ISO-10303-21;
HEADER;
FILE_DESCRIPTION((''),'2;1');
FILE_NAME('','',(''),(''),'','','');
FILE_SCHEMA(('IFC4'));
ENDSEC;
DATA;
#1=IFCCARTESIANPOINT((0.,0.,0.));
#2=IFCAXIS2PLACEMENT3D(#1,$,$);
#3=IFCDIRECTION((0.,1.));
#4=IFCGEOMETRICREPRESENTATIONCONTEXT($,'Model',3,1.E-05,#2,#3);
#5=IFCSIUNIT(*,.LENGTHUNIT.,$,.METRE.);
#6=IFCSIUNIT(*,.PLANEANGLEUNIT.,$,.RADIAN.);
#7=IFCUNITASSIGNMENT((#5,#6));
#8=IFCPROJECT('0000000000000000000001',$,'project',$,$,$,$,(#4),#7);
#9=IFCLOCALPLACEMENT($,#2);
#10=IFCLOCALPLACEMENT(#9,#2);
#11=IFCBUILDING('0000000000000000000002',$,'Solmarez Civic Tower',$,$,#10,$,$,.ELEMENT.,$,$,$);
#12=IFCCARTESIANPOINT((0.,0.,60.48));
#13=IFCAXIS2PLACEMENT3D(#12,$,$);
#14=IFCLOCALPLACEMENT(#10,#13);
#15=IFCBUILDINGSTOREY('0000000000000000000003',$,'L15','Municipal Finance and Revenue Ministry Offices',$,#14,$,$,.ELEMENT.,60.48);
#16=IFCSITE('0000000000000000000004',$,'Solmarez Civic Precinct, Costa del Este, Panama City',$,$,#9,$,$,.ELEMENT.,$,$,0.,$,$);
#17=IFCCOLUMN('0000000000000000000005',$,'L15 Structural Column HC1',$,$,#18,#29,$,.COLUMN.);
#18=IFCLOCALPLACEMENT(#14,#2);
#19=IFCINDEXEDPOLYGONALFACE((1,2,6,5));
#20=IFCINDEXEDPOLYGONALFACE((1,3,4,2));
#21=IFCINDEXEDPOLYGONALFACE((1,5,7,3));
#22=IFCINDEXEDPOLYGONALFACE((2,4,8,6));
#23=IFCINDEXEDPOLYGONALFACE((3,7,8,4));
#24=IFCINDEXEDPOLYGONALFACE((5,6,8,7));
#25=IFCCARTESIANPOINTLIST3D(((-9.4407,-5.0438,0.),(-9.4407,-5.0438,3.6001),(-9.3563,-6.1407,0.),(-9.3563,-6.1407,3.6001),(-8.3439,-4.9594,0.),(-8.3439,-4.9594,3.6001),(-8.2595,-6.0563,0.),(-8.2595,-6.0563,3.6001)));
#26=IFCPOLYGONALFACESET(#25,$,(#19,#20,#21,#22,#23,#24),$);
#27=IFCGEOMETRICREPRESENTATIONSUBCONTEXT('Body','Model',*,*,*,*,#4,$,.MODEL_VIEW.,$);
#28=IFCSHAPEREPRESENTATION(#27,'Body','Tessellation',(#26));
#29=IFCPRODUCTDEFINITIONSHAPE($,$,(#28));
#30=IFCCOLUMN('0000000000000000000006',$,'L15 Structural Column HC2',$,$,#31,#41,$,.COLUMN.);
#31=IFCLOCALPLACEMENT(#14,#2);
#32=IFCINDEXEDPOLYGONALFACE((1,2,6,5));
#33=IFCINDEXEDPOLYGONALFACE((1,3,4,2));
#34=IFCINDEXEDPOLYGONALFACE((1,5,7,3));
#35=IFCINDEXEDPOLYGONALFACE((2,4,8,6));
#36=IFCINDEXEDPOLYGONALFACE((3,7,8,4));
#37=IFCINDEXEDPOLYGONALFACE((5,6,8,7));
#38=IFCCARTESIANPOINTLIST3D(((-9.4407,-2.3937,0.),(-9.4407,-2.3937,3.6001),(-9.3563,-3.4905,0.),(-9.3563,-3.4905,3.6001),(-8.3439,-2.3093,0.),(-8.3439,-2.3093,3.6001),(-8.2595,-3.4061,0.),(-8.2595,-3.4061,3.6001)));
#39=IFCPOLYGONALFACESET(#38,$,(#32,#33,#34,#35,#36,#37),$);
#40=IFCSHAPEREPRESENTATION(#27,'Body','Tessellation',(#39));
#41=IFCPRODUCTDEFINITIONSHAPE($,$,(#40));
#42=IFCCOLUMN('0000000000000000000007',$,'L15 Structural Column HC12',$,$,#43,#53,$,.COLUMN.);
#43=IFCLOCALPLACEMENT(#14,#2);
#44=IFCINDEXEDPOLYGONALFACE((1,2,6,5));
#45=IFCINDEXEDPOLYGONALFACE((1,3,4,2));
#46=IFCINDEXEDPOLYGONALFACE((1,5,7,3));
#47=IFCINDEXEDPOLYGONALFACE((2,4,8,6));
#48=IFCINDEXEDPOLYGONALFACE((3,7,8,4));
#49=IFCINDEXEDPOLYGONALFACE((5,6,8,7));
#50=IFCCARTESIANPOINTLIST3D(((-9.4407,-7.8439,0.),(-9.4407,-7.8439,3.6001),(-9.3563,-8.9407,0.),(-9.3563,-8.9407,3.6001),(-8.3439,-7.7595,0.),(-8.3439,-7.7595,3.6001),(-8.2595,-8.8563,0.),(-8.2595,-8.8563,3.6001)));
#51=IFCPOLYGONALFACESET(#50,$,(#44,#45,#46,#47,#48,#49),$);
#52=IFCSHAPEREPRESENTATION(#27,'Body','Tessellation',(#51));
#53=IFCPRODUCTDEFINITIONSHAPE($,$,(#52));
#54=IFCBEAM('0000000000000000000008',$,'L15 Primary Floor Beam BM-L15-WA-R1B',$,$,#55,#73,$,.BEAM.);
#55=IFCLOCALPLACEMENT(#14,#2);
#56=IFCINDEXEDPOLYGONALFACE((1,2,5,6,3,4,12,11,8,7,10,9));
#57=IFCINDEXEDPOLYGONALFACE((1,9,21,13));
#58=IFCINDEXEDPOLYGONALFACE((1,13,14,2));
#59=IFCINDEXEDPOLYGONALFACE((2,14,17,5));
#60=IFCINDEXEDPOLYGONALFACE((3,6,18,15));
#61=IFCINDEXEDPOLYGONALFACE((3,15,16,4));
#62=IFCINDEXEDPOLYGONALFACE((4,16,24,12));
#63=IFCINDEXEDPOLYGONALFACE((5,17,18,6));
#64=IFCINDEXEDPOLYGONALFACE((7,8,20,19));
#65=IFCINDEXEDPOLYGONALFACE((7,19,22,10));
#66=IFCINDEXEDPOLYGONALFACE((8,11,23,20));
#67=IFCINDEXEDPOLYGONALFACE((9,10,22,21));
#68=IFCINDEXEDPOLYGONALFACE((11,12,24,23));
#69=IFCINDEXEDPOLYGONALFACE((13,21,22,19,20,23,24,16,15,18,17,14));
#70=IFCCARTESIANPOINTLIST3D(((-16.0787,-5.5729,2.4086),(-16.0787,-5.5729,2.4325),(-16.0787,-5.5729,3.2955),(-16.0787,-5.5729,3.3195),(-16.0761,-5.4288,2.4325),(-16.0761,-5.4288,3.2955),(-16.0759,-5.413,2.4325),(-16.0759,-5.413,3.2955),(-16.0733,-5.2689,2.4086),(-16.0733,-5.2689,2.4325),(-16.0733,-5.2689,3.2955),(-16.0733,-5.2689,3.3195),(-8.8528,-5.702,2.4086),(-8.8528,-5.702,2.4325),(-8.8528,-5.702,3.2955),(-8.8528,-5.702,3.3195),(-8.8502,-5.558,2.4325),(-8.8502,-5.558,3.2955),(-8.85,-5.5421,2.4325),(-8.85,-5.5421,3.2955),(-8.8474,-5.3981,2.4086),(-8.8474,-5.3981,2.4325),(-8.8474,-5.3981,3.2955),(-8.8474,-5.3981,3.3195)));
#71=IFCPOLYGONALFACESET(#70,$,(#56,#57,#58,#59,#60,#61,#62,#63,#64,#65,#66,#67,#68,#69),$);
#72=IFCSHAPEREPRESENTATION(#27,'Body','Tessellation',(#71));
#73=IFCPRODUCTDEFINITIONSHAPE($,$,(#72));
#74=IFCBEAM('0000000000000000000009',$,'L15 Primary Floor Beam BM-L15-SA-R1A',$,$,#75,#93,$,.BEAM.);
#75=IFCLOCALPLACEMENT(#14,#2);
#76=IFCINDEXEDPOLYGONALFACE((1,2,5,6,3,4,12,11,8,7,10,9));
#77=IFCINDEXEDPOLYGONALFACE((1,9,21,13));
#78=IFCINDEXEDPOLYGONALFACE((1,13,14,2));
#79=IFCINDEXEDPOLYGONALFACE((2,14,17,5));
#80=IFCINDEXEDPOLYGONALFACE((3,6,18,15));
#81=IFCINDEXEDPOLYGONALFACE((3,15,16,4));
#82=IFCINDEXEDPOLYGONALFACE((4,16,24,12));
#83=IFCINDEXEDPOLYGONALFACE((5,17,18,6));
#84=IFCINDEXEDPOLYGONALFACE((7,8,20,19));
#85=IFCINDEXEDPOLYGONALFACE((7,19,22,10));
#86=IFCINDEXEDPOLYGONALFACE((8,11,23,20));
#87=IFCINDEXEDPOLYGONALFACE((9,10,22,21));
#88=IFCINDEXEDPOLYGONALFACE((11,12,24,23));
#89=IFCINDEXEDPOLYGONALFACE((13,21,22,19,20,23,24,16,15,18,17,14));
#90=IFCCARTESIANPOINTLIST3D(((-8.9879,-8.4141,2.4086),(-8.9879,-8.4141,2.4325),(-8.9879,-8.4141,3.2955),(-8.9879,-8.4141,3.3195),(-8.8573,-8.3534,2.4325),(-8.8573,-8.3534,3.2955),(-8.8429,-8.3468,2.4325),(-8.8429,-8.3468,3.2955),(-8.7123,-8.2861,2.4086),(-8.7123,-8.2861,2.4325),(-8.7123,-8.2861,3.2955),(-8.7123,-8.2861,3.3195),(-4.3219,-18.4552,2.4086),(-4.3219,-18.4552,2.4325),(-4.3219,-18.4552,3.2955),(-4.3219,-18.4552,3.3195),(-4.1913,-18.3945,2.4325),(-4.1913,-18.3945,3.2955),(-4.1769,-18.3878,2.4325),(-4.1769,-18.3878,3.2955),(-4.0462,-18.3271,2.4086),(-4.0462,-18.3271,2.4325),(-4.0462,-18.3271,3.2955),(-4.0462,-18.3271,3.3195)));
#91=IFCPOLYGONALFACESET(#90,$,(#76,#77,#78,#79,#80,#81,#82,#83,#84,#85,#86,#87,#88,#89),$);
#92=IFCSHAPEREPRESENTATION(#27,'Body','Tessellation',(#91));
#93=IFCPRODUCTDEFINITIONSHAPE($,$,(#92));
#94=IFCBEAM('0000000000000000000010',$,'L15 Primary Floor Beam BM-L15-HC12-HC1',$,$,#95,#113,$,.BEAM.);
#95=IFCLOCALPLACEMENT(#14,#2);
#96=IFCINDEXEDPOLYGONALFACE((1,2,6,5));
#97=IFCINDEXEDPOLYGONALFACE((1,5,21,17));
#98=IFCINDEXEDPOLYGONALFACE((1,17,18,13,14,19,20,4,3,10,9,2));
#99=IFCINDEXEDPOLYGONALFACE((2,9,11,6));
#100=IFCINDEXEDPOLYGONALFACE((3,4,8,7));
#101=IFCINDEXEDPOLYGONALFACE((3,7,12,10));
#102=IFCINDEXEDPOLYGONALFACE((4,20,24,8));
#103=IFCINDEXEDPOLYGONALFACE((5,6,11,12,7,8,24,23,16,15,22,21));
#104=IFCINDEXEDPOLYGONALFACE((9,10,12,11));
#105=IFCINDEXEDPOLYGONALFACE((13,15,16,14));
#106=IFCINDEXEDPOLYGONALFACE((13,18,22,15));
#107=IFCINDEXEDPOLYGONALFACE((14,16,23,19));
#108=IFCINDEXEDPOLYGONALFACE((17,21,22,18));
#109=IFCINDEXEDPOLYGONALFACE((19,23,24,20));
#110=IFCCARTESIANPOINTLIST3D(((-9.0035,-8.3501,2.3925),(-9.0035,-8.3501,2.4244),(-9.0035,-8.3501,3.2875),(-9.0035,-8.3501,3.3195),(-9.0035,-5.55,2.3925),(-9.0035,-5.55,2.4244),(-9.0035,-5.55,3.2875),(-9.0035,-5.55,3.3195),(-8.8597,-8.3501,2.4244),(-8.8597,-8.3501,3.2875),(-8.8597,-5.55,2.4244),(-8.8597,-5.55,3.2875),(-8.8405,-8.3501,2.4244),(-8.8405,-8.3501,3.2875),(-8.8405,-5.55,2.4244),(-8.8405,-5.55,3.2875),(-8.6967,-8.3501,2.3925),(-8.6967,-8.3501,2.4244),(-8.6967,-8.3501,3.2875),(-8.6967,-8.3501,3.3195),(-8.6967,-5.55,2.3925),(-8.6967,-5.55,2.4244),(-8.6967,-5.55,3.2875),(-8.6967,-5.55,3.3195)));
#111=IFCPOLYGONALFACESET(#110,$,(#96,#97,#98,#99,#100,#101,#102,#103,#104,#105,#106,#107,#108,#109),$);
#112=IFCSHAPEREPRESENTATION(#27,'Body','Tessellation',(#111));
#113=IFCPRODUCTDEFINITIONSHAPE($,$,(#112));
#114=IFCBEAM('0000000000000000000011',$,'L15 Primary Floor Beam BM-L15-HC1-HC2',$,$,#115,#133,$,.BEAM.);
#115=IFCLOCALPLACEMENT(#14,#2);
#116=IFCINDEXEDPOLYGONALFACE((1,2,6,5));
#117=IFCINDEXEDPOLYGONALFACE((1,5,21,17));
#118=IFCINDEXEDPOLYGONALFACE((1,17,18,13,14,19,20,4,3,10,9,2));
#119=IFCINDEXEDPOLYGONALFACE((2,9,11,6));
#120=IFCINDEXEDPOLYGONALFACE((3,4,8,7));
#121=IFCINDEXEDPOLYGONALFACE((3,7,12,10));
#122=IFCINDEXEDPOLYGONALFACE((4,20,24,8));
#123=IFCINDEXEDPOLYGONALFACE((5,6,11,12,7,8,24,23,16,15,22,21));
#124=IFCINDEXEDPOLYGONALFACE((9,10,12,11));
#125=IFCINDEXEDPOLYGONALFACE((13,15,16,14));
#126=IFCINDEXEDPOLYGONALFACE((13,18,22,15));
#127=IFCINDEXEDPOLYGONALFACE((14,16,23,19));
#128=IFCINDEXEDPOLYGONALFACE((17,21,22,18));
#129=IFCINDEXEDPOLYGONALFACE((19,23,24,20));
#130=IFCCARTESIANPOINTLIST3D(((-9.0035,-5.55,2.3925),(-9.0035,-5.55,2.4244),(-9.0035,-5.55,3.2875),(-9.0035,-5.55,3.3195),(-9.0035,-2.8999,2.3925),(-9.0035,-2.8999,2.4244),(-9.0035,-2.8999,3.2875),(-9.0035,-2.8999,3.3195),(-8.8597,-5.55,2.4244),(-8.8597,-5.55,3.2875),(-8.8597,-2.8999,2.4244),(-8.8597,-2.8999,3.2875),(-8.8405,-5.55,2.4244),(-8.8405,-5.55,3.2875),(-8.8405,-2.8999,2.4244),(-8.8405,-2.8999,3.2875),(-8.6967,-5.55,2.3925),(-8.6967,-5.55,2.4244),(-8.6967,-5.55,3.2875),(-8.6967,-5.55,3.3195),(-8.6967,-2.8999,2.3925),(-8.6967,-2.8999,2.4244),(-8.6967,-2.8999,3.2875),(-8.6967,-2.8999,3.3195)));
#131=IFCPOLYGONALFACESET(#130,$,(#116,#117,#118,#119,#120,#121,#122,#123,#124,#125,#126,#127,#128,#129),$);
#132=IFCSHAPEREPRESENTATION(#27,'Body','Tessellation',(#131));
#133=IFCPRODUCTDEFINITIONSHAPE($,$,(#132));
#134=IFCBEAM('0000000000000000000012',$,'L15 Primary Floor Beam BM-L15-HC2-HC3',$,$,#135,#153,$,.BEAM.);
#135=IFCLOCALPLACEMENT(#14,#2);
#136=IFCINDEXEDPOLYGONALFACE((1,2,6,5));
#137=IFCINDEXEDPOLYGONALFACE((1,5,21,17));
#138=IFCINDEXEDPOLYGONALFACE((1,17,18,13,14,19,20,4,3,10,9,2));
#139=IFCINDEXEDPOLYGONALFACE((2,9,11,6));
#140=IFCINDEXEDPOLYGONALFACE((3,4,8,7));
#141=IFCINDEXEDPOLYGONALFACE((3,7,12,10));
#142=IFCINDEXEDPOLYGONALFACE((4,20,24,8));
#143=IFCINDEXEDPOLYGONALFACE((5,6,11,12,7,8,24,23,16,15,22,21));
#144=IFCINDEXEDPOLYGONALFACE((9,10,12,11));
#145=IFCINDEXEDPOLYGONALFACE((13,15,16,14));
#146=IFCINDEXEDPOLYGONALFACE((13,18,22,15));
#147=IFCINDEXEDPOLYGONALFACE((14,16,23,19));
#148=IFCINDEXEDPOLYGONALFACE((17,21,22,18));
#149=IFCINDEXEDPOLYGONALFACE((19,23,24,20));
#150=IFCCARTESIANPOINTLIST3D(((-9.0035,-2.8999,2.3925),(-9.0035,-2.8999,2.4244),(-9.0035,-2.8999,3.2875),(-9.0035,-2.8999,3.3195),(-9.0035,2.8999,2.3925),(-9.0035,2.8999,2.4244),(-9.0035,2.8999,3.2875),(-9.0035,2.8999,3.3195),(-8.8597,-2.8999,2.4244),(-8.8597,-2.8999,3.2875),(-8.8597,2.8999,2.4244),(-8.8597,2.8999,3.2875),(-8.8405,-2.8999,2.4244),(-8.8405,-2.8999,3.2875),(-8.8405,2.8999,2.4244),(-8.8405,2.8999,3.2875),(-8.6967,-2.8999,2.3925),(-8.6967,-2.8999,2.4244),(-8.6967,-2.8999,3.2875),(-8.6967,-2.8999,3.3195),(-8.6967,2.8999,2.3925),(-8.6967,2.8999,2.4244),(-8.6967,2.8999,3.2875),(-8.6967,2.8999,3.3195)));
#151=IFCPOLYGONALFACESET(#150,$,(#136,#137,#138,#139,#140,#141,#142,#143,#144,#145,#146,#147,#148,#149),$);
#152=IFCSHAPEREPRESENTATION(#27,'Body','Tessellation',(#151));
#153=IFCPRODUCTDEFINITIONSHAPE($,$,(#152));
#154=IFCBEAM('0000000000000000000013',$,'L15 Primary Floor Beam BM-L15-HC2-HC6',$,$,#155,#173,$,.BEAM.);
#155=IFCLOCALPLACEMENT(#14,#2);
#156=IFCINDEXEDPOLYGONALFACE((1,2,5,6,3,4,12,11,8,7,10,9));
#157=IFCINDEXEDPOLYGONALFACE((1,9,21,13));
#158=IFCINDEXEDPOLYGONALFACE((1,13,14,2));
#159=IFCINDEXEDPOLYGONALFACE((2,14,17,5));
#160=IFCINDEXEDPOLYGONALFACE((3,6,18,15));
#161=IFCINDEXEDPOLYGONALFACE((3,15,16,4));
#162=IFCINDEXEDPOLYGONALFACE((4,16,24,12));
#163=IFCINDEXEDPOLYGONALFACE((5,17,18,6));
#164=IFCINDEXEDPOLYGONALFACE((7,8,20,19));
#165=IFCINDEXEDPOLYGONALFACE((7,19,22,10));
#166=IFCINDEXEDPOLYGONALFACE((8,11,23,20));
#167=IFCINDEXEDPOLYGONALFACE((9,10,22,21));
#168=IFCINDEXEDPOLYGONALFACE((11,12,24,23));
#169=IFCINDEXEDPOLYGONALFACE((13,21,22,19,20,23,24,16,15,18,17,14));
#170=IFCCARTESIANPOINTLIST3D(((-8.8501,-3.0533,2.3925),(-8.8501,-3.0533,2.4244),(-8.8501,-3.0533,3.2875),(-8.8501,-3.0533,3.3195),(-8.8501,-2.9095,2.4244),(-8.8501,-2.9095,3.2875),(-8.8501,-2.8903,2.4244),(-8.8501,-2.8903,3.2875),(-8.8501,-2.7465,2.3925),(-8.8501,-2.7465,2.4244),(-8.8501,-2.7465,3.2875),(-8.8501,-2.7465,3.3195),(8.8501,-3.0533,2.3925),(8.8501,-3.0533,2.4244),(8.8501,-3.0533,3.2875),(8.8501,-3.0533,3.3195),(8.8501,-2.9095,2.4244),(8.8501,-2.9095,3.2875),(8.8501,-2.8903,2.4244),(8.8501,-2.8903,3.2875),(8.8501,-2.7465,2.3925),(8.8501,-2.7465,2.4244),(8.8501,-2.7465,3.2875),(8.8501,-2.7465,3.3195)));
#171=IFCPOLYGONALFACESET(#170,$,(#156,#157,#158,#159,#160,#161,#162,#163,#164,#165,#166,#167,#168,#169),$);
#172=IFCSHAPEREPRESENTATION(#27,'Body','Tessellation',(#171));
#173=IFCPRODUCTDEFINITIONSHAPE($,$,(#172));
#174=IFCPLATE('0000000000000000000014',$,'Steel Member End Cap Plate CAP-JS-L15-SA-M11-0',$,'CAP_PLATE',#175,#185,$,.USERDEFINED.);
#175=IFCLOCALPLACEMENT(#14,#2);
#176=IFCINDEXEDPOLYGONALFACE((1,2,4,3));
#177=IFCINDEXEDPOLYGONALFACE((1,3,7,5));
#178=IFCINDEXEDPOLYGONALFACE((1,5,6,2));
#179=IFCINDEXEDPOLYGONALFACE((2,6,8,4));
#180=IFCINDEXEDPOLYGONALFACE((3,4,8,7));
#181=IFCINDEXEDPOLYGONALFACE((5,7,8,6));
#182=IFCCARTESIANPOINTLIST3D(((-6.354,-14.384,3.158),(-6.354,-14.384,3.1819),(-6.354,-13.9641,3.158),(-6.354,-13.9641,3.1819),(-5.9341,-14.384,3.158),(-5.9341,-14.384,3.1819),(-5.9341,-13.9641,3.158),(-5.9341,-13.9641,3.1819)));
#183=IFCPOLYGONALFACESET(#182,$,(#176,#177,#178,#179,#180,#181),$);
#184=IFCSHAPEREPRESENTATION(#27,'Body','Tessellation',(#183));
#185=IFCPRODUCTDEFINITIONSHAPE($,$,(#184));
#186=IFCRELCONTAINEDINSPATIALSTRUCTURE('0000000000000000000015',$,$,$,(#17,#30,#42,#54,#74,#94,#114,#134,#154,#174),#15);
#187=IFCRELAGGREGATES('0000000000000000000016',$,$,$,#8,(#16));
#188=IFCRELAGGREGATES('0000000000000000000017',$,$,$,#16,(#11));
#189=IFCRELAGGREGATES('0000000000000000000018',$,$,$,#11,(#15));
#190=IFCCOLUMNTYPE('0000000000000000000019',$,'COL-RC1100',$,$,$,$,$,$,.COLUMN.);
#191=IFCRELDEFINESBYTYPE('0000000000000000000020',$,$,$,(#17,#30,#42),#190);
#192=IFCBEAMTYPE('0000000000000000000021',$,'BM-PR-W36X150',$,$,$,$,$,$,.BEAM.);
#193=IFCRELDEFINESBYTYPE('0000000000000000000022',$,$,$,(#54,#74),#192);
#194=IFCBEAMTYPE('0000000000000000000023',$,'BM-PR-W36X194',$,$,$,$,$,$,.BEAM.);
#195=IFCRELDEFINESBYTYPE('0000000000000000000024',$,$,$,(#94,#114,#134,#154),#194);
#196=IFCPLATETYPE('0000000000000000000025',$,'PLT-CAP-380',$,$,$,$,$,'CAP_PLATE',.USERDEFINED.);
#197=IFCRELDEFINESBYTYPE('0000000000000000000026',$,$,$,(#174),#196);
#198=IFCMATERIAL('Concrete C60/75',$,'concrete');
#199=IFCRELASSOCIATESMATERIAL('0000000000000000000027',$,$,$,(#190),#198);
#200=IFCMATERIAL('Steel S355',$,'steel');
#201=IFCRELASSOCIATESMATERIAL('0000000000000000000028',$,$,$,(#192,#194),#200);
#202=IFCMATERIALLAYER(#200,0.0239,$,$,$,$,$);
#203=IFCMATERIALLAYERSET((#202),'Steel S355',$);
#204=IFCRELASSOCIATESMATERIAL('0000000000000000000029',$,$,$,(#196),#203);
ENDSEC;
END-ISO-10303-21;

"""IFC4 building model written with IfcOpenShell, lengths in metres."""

from ifc_helpers import new_model, si_unit, direction, frame, origin, origin_2d, place, context, subcontext, project, spatial, rectangle, i_section, extrude, material, layer, layer_set, material_profile, profile_set, type_object, element, save


model = new_model("IFC4")

# Units and contexts
model_context = context("Model", 3, precision=1e-05, world=origin(), true_north=direction((0.0, 1.0)))
body_context = subcontext(model_context, "Body", "Model", "MODEL_VIEW")
ifc_project = project(units=[si_unit("LENGTHUNIT", "METRE"), si_unit("PLANEANGLEUNIT", "RADIAN")], contexts=[model_context])

# Site, building, storey
site_placement = place(None, origin())
site = spatial("IfcSite", under=ifc_project, at=site_placement, Name="Solmarez Civic Precinct, Costa del Este, Panama City", CompositionType="ELEMENT", RefElevation=0.0)
building_placement = place(site_placement, origin())
building = spatial("IfcBuilding", under=site, at=building_placement, Name="Solmarez Civic Tower", CompositionType="ELEMENT")
storey_placement = place(building_placement, frame((0.0, 0.0, 60.48)))
storey = spatial("IfcBuildingStorey", under=building, at=storey_placement, Name="L15", Description="Municipal Finance and Revenue Ministry Offices", CompositionType="ELEMENT", Elevation=60.48)

# Columns
ifc_material_1 = material(Name="Concrete C60/75", Category="concrete")
ifc_material_profile_1 = material_profile(ifc_material_1, rectangle(XDim=1.1001, YDim=1.1001, at=origin_2d()), Name="RC1100X1100")
ifc_profile_set_1 = profile_set([ifc_material_profile_1], Name="Concrete C60/75")
column_type = type_object("IfcColumnType", Name="COL-RC1100", PredefinedType="COLUMN", material=ifc_profile_set_1)
for number, where, z_axis, x_axis, name in (
    (1, (-8.8501, -5.55, 0.0), (0.0, 0.0, 1.0), (0.997053, 0.076719, 0.0), "L15 Structural Column HC1"),
    (2, (-8.8501, -2.8999, 0.0), (0.0, 0.0, 1.0), (0.997053, 0.076719, 0.0), "L15 Structural Column HC2"),
    (3, (-8.8501, -8.3501, 0.0), (0.0, 0.0, 1.0), (0.997053, 0.076719, 0.0), "L15 Structural Column HC12"),
):
    element("IfcColumn", number, at=place(storey_placement, frame(where, z_axis=z_axis, x_axis=x_axis)), inside=storey, type_object=column_type, Name=name, PredefinedType="COLUMN", context=body_context, shape_type="SweptSolid", body=[
        extrude(rectangle(XDim=1.1001, YDim=1.1001, at=origin_2d()), origin(), (0.0, 0.0, 1.0), 3.6001),
    ])

# Beams
ifc_material_2 = material(Name="Steel S355", Category="steel")
ifc_material_profile_2 = material_profile(ifc_material_2, i_section(OverallWidth=0.304, OverallDepth=0.9109, WebThickness=0.0159, FlangeThickness=0.0239, at=origin_2d()), Name="W36X150")
ifc_profile_set_2 = profile_set([ifc_material_profile_2], Name="Steel S355")
beam_type_1 = type_object("IfcBeamType", Name="BM-PR-W36X150", PredefinedType="BEAM", material=ifc_profile_set_2)
beam_1_placement = place(storey_placement, frame((-8.8501, -5.55, 2.864), z_axis=(-0.99984, 0.017871, 0.0), x_axis=(-0.017871, -0.99984, 0.0)))
element("IfcBeam", 4, at=beam_1_placement, inside=storey, type_object=beam_type_1, Name="L15 Primary Floor Beam BM-L15-WA-R1B", PredefinedType="BEAM", context=body_context, shape_type="SweptSolid", body=[
    extrude(i_section(OverallWidth=0.304, OverallDepth=0.9109, WebThickness=0.0159, FlangeThickness=0.0239, at=origin_2d()), origin(), (0.0, 0.0, 1.0), 7.2271),
])
beam_2_placement = place(storey_placement, frame((-8.8501, -8.3501, 2.864), z_axis=(0.421417, -0.906867, 0.0), x_axis=(0.906867, 0.421417, 0.0)))
element("IfcBeam", 5, at=beam_2_placement, inside=storey, type_object=beam_type_1, Name="L15 Primary Floor Beam BM-L15-SA-R1A", PredefinedType="BEAM", context=body_context, shape_type="SweptSolid", body=[
    extrude(i_section(OverallWidth=0.304, OverallDepth=0.9109, WebThickness=0.0159, FlangeThickness=0.0239, at=origin_2d()), origin(), (0.0, 0.0, 1.0), 11.0723),
])
ifc_material_profile_3 = material_profile(ifc_material_2, i_section(OverallWidth=0.3069, OverallDepth=0.927, WebThickness=0.0193, FlangeThickness=0.032, at=origin_2d()), Name="W36X194")
ifc_profile_set_3 = profile_set([ifc_material_profile_3], Name="Steel S355")
beam_type_2 = type_object("IfcBeamType", Name="BM-PR-W36X194", PredefinedType="BEAM", material=ifc_profile_set_3)
beam_3_placement = place(storey_placement, frame((-8.8501, -8.3501, 2.856), z_axis=(0.0, 1.0, 0.0), x_axis=(-1.0, 0.0, 0.0)))
element("IfcBeam", 6, at=beam_3_placement, inside=storey, type_object=beam_type_2, Name="L15 Primary Floor Beam BM-L15-HC12-HC1", PredefinedType="BEAM", context=body_context, shape_type="SweptSolid", body=[
    extrude(i_section(OverallWidth=0.3069, OverallDepth=0.927, WebThickness=0.0193, FlangeThickness=0.032, at=origin_2d()), origin(), (0.0, 0.0, 1.0), 2.8),
])
beam_4_placement = place(storey_placement, frame((-8.8501, -5.55, 2.856), z_axis=(0.0, 1.0, 0.0), x_axis=(-1.0, 0.0, 0.0)))
element("IfcBeam", 7, at=beam_4_placement, inside=storey, type_object=beam_type_2, Name="L15 Primary Floor Beam BM-L15-HC1-HC2", PredefinedType="BEAM", context=body_context, shape_type="SweptSolid", body=[
    extrude(i_section(OverallWidth=0.3069, OverallDepth=0.927, WebThickness=0.0193, FlangeThickness=0.032, at=origin_2d()), origin(), (0.0, 0.0, 1.0), 2.6501),
])
beam_5_placement = place(storey_placement, frame((-8.8501, -2.8999, 2.856), z_axis=(0.0, 1.0, 0.0), x_axis=(-1.0, 0.0, 0.0)))
element("IfcBeam", 8, at=beam_5_placement, inside=storey, type_object=beam_type_2, Name="L15 Primary Floor Beam BM-L15-HC2-HC3", PredefinedType="BEAM", context=body_context, shape_type="SweptSolid", body=[
    extrude(i_section(OverallWidth=0.3069, OverallDepth=0.927, WebThickness=0.0193, FlangeThickness=0.032, at=origin_2d()), origin(), (0.0, 0.0, 1.0), 5.7998),
])
beam_6_placement = place(storey_placement, frame((-8.8501, -2.8999, 2.856), z_axis=(1.0, 0.0, 0.0), x_axis=(0.0, 1.0, 0.0)))
element("IfcBeam", 9, at=beam_6_placement, inside=storey, type_object=beam_type_2, Name="L15 Primary Floor Beam BM-L15-HC2-HC6", PredefinedType="BEAM", context=body_context, shape_type="SweptSolid", body=[
    extrude(i_section(OverallWidth=0.3069, OverallDepth=0.927, WebThickness=0.0193, FlangeThickness=0.032, at=origin_2d()), origin(), (0.0, 0.0, 1.0), 17.7002),
])

# Plate
ifc_layer_1 = layer(ifc_material_2, 0.0239)
ifc_layer_set_1 = layer_set([ifc_layer_1], Name="Steel S355")
plate_type = type_object("IfcPlateType", Name="PLT-CAP-380", ElementType="CAP_PLATE", PredefinedType="USERDEFINED", material=ifc_layer_set_1)
plate_placement = place(storey_placement, frame((-6.144, -14.1741, 3.158), z_axis=(0.0, 0.0, 1.0), x_axis=(1.0, 0.0, 0.0)))
element("IfcPlate", 10, at=plate_placement, inside=storey, type_object=plate_type, Name="Steel Member End Cap Plate CAP-JS-L15-SA-M11-0", ObjectType="CAP_PLATE", PredefinedType="USERDEFINED", context=body_context, shape_type="SweptSolid", body=[
    extrude(rectangle(XDim=0.4199, YDim=0.4199, at=origin_2d()), origin(), (0.0, 0.0, 1.0), 0.0239),
])

save(model, "model.ifc")
